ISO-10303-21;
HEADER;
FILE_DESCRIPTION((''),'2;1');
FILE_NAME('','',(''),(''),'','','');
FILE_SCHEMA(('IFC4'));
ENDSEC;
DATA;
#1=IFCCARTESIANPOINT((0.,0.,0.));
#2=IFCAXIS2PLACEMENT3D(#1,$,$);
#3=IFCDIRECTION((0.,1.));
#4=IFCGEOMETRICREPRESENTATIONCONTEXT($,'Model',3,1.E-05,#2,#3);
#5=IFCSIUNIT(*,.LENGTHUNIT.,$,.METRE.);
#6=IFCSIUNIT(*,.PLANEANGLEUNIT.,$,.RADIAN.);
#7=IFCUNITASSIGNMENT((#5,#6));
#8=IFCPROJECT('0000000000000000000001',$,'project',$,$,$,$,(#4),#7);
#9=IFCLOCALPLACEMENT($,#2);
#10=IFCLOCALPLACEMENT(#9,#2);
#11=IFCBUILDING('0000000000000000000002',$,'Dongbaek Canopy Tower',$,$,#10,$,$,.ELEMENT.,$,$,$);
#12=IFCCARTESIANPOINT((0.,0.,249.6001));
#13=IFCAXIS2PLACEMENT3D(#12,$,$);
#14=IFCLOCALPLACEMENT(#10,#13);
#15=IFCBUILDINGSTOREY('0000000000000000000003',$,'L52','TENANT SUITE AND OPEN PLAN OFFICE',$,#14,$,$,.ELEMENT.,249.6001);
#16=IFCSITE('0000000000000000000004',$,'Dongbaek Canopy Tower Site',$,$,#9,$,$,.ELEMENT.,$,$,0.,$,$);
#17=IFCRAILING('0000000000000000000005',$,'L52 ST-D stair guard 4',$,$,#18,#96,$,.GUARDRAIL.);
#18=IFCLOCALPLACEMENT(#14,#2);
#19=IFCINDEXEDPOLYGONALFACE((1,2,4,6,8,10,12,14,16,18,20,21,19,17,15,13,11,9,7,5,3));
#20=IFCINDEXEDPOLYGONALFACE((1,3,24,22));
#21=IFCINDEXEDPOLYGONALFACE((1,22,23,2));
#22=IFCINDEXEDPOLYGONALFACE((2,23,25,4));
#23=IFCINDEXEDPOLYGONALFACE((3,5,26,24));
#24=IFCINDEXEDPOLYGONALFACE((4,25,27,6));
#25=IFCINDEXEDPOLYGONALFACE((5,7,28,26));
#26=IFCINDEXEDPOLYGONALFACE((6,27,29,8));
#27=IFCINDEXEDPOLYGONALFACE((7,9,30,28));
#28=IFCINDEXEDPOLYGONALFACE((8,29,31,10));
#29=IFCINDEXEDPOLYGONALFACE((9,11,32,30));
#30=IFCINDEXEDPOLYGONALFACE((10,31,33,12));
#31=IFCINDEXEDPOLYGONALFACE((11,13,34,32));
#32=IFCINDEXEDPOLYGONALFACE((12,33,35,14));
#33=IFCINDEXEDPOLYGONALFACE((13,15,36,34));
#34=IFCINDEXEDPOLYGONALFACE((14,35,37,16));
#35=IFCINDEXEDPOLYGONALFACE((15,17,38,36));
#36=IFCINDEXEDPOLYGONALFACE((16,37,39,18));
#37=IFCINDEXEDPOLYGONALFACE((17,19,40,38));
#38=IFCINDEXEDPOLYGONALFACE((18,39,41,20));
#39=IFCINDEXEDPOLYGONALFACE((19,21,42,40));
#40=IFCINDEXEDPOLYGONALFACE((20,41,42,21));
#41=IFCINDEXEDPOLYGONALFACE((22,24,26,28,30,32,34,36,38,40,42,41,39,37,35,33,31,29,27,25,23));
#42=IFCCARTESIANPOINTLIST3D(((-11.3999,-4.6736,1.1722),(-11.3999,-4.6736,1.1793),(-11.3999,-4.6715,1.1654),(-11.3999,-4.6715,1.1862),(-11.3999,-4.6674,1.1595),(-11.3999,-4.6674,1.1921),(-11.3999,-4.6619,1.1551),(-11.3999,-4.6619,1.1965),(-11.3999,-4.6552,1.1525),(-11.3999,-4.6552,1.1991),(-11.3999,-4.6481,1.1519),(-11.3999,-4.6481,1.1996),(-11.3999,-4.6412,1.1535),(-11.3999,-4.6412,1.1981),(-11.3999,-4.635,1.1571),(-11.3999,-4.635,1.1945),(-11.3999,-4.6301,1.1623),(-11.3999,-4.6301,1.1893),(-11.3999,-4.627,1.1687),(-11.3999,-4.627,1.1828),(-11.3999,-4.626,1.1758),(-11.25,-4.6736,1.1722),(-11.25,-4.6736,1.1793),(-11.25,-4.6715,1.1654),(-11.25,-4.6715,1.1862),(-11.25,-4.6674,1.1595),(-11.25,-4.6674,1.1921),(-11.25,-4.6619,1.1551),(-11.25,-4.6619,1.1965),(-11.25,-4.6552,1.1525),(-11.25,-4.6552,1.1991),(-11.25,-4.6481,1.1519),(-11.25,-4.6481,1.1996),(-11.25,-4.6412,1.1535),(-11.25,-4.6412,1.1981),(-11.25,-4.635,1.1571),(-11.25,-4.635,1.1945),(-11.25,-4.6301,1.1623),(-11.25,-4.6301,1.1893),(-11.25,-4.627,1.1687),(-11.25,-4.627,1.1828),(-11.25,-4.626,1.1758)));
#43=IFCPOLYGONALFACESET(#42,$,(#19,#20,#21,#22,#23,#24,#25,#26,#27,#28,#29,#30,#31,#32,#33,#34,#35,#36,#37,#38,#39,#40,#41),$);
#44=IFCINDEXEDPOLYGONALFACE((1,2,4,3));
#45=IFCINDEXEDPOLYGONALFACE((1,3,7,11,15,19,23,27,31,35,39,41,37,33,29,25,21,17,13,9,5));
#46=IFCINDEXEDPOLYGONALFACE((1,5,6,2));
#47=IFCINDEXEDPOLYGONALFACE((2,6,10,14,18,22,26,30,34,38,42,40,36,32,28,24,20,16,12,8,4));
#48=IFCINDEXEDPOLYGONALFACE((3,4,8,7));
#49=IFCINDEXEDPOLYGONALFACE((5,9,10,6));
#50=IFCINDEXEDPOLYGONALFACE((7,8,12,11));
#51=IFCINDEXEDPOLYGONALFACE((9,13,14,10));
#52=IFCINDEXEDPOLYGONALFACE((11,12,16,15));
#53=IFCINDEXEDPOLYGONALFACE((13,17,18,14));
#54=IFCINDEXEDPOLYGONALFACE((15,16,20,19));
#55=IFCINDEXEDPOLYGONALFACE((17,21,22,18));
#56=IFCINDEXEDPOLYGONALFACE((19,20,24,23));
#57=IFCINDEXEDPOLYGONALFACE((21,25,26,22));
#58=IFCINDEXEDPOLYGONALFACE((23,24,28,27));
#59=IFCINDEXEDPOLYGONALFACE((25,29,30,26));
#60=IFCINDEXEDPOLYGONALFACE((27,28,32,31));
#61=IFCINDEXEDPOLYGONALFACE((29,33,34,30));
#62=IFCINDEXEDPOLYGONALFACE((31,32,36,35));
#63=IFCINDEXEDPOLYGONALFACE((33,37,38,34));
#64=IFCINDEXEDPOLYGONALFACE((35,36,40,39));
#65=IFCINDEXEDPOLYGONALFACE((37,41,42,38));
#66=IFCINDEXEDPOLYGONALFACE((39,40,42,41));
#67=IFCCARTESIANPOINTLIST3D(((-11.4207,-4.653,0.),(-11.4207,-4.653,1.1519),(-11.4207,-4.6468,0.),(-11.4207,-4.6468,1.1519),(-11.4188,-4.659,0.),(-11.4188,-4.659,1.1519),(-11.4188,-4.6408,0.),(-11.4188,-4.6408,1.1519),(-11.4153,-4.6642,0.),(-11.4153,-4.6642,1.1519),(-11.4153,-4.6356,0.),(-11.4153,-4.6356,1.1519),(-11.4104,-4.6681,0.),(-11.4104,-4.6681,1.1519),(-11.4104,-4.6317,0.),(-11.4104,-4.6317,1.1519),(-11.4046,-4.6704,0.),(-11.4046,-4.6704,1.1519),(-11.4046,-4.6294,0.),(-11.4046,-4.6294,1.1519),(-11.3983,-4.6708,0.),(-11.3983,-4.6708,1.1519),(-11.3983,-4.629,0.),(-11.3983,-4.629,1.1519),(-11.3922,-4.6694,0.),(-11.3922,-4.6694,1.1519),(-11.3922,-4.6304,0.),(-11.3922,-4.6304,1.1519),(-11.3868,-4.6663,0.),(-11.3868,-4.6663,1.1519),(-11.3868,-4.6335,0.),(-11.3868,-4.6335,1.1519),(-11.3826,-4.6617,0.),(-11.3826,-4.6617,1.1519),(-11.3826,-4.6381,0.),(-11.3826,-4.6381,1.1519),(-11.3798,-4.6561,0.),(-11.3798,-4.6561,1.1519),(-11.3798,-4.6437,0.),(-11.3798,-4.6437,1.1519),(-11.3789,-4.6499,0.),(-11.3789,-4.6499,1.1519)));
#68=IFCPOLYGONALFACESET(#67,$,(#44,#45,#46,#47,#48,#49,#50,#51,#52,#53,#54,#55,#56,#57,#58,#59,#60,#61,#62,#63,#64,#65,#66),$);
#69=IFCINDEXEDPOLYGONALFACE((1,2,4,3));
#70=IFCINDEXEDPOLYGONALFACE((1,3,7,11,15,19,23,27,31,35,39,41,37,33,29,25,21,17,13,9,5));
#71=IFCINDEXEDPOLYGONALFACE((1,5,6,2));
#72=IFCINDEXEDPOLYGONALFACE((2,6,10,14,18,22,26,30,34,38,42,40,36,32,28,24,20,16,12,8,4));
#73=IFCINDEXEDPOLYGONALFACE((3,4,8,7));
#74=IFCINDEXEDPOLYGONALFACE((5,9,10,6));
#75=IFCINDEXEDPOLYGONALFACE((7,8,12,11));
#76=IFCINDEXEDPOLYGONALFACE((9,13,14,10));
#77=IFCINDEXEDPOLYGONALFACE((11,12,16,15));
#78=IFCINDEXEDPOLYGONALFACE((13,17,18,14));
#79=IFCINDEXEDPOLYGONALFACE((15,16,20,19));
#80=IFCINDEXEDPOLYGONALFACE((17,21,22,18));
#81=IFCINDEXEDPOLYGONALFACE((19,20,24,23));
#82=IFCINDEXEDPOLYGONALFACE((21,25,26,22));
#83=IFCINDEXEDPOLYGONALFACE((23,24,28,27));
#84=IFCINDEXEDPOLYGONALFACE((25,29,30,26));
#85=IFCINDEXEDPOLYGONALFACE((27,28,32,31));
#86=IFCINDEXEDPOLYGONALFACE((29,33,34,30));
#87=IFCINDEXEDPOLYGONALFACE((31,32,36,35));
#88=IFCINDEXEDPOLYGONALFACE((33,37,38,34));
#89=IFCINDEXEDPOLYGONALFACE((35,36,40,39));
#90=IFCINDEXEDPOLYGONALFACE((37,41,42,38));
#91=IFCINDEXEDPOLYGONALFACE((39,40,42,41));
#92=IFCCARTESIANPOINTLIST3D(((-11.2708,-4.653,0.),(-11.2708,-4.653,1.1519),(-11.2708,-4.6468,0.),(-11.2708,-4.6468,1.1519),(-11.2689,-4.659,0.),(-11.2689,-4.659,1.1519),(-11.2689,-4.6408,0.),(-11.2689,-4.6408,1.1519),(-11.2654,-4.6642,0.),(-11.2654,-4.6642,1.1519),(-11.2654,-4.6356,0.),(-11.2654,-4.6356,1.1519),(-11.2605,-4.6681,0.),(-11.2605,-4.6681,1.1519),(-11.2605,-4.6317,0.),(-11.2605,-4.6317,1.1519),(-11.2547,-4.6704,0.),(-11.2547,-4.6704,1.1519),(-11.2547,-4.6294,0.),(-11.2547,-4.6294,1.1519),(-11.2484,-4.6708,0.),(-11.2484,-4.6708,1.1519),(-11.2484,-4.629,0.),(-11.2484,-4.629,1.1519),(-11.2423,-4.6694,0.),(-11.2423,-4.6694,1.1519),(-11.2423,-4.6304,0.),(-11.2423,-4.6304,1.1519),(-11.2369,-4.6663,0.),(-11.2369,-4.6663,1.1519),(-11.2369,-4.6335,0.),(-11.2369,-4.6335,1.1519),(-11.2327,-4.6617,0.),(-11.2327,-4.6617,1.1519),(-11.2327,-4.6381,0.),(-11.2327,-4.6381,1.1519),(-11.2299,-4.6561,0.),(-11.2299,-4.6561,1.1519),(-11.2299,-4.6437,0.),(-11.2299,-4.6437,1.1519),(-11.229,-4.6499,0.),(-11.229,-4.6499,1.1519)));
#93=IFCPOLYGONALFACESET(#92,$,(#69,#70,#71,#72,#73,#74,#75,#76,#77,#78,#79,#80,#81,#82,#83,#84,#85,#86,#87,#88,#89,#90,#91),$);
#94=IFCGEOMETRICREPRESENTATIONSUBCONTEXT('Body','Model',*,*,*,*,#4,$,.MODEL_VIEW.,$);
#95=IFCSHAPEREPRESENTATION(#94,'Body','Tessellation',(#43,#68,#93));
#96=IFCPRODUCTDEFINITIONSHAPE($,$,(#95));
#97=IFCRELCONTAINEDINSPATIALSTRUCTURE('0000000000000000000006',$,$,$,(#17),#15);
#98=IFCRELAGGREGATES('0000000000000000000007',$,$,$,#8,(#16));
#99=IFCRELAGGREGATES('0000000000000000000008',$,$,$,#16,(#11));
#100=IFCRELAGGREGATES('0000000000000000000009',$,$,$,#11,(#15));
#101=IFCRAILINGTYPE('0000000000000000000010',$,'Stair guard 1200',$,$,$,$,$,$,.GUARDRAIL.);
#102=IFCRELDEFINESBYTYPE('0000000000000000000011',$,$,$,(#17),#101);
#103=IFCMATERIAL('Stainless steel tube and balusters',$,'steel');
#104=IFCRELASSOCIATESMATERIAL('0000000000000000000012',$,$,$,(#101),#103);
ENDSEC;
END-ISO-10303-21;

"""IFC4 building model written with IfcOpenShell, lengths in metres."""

from ifc_helpers import new_model, si_unit, direction, frame, origin, origin_2d, place, context, subcontext, project, spatial, circle, extrude, material, type_object, element, save


model = new_model("IFC4")

# Units and contexts
model_context = context("Model", 3, precision=1e-05, world=origin(), true_north=direction((0.0, 1.0)))
body_context = subcontext(model_context, "Body", "Model", "MODEL_VIEW")
ifc_project = project(units=[si_unit("LENGTHUNIT", "METRE"), si_unit("PLANEANGLEUNIT", "RADIAN")], contexts=[model_context])

# Site, building, storey
site_placement = place(None, origin())
site = spatial("IfcSite", under=ifc_project, at=site_placement, Name="Dongbaek Canopy Tower Site", CompositionType="ELEMENT", RefElevation=0.0)
building_placement = place(site_placement, origin())
building = spatial("IfcBuilding", under=site, at=building_placement, Name="Dongbaek Canopy Tower", CompositionType="ELEMENT")
storey_placement = place(building_placement, frame((0.0, 0.0, 249.6001)))
storey = spatial("IfcBuildingStorey", under=building, at=storey_placement, Name="L52", Description="TENANT SUITE AND OPEN PLAN OFFICE", CompositionType="ELEMENT", Elevation=249.6001)

# Railing
ifc_material_1 = material(Name="Stainless steel tube and balusters", Category="steel")
railing_type_1 = type_object("IfcRailingType", Name="Stair guard 1200", PredefinedType="GUARDRAIL", material=ifc_material_1)
railing_1_placement = place(storey_placement, frame((-11.3999, -4.6499, 0.0)))
element("IfcRailing", 1, at=railing_1_placement, inside=storey, type_object=railing_type_1, Name="L52 ST-D stair guard 4", PredefinedType="GUARDRAIL", context=body_context, shape_type="SweptSolid", body=[
    extrude(circle(Radius=0.0239, at=origin_2d()), frame((0.0, 0.0, 1.1758), z_axis=(1.0, 0.0, 0.0), x_axis=(0.0, 1.0, 0.0)), (0.0, 0.0, 1.0), 0.1499),
    extrude(circle(Radius=0.021, at=origin_2d()), origin(), (0.0, 0.0, 1.0), 1.1519),
    extrude(circle(Radius=0.021, at=origin_2d()), frame((0.1499, 0.0, 0.0)), (0.0, 0.0, 1.0), 1.1519),
])

save(model, "model.ifc")
